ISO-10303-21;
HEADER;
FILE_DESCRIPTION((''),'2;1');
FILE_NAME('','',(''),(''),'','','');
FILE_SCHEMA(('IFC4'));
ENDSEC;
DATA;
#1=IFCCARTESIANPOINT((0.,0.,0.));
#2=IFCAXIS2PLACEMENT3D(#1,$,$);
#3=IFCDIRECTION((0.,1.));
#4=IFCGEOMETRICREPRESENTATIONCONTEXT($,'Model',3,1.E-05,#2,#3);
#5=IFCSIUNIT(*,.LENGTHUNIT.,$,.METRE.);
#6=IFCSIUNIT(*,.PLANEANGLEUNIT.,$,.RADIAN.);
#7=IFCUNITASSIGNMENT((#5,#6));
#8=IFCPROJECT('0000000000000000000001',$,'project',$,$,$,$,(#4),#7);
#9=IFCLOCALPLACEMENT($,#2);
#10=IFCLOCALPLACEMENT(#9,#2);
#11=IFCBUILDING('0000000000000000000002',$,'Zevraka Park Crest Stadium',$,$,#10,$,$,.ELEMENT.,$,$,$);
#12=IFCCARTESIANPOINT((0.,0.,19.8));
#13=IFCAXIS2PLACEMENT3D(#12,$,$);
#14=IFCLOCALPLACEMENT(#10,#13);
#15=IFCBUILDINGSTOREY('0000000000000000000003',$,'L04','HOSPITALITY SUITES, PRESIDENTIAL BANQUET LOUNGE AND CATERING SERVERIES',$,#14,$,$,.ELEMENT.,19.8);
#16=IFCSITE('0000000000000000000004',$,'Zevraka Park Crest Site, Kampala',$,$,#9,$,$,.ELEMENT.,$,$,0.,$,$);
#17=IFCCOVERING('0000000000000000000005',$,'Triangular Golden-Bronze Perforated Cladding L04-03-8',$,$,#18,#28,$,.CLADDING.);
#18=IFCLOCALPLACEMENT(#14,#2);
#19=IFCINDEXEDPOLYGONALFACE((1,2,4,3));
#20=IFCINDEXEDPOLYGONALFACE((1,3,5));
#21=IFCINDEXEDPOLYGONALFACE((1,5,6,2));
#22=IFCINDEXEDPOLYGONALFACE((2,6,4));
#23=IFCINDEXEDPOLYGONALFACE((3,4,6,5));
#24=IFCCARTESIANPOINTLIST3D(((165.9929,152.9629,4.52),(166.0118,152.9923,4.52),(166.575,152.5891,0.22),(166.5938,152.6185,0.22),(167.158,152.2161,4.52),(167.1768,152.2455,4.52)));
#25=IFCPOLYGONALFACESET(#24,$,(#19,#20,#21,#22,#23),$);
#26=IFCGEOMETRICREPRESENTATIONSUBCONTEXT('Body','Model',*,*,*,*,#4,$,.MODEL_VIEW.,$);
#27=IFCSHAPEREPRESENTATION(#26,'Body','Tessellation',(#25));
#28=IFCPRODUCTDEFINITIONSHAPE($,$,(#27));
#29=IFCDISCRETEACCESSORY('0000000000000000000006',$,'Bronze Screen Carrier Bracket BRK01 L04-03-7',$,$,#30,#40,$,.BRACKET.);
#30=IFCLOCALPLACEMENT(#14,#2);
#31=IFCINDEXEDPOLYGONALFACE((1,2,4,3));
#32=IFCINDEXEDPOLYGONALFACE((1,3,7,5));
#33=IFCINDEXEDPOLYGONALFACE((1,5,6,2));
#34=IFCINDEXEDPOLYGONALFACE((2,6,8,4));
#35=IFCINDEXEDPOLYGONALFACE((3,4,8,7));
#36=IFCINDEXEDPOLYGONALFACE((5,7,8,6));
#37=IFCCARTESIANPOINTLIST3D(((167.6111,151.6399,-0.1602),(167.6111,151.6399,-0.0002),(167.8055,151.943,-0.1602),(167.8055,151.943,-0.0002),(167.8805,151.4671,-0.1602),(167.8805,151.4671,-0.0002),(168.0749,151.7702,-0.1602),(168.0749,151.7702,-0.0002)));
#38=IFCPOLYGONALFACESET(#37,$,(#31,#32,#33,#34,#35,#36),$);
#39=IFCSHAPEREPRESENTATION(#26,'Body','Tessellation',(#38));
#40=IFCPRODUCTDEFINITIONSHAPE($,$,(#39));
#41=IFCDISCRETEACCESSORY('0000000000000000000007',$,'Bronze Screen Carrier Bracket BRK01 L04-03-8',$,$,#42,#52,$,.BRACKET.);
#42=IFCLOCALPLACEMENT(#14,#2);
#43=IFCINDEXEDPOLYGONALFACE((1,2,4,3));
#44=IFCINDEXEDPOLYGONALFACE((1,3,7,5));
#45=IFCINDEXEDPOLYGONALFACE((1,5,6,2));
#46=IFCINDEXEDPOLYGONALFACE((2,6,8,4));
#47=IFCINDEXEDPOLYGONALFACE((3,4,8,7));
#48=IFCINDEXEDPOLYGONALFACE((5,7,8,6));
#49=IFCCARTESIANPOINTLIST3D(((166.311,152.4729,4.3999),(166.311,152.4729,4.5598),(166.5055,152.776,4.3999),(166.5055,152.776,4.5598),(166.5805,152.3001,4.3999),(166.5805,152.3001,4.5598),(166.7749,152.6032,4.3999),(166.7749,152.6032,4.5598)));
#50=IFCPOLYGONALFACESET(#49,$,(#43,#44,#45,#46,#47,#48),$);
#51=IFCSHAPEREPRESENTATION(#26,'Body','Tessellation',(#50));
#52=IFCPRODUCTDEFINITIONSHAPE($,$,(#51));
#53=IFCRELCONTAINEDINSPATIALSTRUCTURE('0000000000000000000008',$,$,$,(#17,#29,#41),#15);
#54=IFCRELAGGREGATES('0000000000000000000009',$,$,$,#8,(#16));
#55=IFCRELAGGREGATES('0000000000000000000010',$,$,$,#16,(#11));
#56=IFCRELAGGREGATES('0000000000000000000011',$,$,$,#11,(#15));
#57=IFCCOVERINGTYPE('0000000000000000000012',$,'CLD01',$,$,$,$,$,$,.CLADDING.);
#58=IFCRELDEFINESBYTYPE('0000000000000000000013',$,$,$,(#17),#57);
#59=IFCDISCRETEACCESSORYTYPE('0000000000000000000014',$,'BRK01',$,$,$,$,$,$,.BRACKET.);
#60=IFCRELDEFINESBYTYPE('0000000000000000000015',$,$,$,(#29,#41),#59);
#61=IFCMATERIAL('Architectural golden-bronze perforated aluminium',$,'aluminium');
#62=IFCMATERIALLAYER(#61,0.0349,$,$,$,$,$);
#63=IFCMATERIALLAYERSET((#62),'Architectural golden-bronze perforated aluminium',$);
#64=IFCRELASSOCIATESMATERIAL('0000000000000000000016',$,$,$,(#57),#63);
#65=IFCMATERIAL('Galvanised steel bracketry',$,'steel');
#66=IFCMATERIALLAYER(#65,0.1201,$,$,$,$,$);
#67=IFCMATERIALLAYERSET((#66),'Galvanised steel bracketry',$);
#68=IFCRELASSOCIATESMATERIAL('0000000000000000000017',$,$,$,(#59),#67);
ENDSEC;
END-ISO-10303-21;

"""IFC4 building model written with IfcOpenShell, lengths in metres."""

from ifc_helpers import new_model, si_unit, direction, frame, origin, origin_2d, place, context, subcontext, project, spatial, polyline, rectangle, outline, extrude, material, layer, layer_set, type_object, element, save


model = new_model("IFC4")

# Units and contexts
model_context = context("Model", 3, precision=1e-05, world=origin(), true_north=direction((0.0, 1.0)))
body_context = subcontext(model_context, "Body", "Model", "MODEL_VIEW")
ifc_project = project(units=[si_unit("LENGTHUNIT", "METRE"), si_unit("PLANEANGLEUNIT", "RADIAN")], contexts=[model_context])

# Site, building, storey
site_placement = place(None, origin())
site = spatial("IfcSite", under=ifc_project, at=site_placement, Name="Zevraka Park Crest Site, Kampala", CompositionType="ELEMENT", RefElevation=0.0)
building_placement = place(site_placement, origin())
building = spatial("IfcBuilding", under=site, at=building_placement, Name="Zevraka Park Crest Stadium", CompositionType="ELEMENT")
storey_placement = place(building_placement, frame((0.0, 0.0, 19.8)))
storey = spatial("IfcBuildingStorey", under=building, at=storey_placement, Name="L04", Description="HOSPITALITY SUITES, PRESIDENTIAL BANQUET LOUNGE AND CATERING SERVERIES", CompositionType="ELEMENT", Elevation=19.8)

# Covering
ifc_material_1 = material(Name="Architectural golden-bronze perforated aluminium", Category="aluminium")
ifc_layer_1 = layer(ifc_material_1, 0.0349)
ifc_layer_set_1 = layer_set([ifc_layer_1], Name="Architectural golden-bronze perforated aluminium")
covering_type = type_object("IfcCoveringType", Name="CLD01", PredefinedType="CLADDING", material=ifc_layer_set_1)
covering_1_placement = place(storey_placement, frame((165.9929, 152.9629, 4.52), z_axis=(-0.539669, -0.841877, 0.000133), x_axis=(0.841877, -0.539669, 0.0)))
element("IfcCovering", 1, at=covering_1_placement, inside=storey, type_object=covering_type, Name="Triangular Golden-Bronze Perforated Cladding L04-03-8", PredefinedType="CLADDING", context=body_context, shape_type="SweptSolid", body=[
    extrude(outline(polyline([(0.0, 0.0), (1.3839, 0.0), (0.6917, -4.3), (0.0, 0.0)])), origin(), (0.0, 0.0, -1.0), 0.0349),
])

# Discrete accessories
ifc_material_2 = material(Name="Galvanised steel bracketry", Category="steel")
ifc_layer_2 = layer(ifc_material_2, 0.1201)
ifc_layer_set_2 = layer_set([ifc_layer_2], Name="Galvanised steel bracketry")
discrete_accessory_type = type_object("IfcDiscreteAccessoryType", Name="BRK01", PredefinedType="BRACKET", material=ifc_layer_set_2)
for number, where, z_axis, x_axis, name in (
    (2, (167.843, 151.7051, -0.1602), (0.0, 0.0, 1.0), (-0.841699, 0.539947, 0.0), "Bronze Screen Carrier Bracket BRK01 L04-03-7"),
    (3, (166.543, 152.5381, 4.3999), (0.0, 0.0, 1.0), (-0.841699, 0.539947, 0.0), "Bronze Screen Carrier Bracket BRK01 L04-03-8"),
):
    element("IfcDiscreteAccessory", number, at=place(storey_placement, frame(where, z_axis=z_axis, x_axis=x_axis)), inside=storey, type_object=discrete_accessory_type, Name=name, PredefinedType="BRACKET", context=body_context, shape_type="SweptSolid", body=[
        extrude(rectangle(XDim=0.3201, YDim=0.3601, at=origin_2d()), origin(), (0.0, 0.0, 1.0), 0.1599),
    ])

save(model, "model.ifc")
